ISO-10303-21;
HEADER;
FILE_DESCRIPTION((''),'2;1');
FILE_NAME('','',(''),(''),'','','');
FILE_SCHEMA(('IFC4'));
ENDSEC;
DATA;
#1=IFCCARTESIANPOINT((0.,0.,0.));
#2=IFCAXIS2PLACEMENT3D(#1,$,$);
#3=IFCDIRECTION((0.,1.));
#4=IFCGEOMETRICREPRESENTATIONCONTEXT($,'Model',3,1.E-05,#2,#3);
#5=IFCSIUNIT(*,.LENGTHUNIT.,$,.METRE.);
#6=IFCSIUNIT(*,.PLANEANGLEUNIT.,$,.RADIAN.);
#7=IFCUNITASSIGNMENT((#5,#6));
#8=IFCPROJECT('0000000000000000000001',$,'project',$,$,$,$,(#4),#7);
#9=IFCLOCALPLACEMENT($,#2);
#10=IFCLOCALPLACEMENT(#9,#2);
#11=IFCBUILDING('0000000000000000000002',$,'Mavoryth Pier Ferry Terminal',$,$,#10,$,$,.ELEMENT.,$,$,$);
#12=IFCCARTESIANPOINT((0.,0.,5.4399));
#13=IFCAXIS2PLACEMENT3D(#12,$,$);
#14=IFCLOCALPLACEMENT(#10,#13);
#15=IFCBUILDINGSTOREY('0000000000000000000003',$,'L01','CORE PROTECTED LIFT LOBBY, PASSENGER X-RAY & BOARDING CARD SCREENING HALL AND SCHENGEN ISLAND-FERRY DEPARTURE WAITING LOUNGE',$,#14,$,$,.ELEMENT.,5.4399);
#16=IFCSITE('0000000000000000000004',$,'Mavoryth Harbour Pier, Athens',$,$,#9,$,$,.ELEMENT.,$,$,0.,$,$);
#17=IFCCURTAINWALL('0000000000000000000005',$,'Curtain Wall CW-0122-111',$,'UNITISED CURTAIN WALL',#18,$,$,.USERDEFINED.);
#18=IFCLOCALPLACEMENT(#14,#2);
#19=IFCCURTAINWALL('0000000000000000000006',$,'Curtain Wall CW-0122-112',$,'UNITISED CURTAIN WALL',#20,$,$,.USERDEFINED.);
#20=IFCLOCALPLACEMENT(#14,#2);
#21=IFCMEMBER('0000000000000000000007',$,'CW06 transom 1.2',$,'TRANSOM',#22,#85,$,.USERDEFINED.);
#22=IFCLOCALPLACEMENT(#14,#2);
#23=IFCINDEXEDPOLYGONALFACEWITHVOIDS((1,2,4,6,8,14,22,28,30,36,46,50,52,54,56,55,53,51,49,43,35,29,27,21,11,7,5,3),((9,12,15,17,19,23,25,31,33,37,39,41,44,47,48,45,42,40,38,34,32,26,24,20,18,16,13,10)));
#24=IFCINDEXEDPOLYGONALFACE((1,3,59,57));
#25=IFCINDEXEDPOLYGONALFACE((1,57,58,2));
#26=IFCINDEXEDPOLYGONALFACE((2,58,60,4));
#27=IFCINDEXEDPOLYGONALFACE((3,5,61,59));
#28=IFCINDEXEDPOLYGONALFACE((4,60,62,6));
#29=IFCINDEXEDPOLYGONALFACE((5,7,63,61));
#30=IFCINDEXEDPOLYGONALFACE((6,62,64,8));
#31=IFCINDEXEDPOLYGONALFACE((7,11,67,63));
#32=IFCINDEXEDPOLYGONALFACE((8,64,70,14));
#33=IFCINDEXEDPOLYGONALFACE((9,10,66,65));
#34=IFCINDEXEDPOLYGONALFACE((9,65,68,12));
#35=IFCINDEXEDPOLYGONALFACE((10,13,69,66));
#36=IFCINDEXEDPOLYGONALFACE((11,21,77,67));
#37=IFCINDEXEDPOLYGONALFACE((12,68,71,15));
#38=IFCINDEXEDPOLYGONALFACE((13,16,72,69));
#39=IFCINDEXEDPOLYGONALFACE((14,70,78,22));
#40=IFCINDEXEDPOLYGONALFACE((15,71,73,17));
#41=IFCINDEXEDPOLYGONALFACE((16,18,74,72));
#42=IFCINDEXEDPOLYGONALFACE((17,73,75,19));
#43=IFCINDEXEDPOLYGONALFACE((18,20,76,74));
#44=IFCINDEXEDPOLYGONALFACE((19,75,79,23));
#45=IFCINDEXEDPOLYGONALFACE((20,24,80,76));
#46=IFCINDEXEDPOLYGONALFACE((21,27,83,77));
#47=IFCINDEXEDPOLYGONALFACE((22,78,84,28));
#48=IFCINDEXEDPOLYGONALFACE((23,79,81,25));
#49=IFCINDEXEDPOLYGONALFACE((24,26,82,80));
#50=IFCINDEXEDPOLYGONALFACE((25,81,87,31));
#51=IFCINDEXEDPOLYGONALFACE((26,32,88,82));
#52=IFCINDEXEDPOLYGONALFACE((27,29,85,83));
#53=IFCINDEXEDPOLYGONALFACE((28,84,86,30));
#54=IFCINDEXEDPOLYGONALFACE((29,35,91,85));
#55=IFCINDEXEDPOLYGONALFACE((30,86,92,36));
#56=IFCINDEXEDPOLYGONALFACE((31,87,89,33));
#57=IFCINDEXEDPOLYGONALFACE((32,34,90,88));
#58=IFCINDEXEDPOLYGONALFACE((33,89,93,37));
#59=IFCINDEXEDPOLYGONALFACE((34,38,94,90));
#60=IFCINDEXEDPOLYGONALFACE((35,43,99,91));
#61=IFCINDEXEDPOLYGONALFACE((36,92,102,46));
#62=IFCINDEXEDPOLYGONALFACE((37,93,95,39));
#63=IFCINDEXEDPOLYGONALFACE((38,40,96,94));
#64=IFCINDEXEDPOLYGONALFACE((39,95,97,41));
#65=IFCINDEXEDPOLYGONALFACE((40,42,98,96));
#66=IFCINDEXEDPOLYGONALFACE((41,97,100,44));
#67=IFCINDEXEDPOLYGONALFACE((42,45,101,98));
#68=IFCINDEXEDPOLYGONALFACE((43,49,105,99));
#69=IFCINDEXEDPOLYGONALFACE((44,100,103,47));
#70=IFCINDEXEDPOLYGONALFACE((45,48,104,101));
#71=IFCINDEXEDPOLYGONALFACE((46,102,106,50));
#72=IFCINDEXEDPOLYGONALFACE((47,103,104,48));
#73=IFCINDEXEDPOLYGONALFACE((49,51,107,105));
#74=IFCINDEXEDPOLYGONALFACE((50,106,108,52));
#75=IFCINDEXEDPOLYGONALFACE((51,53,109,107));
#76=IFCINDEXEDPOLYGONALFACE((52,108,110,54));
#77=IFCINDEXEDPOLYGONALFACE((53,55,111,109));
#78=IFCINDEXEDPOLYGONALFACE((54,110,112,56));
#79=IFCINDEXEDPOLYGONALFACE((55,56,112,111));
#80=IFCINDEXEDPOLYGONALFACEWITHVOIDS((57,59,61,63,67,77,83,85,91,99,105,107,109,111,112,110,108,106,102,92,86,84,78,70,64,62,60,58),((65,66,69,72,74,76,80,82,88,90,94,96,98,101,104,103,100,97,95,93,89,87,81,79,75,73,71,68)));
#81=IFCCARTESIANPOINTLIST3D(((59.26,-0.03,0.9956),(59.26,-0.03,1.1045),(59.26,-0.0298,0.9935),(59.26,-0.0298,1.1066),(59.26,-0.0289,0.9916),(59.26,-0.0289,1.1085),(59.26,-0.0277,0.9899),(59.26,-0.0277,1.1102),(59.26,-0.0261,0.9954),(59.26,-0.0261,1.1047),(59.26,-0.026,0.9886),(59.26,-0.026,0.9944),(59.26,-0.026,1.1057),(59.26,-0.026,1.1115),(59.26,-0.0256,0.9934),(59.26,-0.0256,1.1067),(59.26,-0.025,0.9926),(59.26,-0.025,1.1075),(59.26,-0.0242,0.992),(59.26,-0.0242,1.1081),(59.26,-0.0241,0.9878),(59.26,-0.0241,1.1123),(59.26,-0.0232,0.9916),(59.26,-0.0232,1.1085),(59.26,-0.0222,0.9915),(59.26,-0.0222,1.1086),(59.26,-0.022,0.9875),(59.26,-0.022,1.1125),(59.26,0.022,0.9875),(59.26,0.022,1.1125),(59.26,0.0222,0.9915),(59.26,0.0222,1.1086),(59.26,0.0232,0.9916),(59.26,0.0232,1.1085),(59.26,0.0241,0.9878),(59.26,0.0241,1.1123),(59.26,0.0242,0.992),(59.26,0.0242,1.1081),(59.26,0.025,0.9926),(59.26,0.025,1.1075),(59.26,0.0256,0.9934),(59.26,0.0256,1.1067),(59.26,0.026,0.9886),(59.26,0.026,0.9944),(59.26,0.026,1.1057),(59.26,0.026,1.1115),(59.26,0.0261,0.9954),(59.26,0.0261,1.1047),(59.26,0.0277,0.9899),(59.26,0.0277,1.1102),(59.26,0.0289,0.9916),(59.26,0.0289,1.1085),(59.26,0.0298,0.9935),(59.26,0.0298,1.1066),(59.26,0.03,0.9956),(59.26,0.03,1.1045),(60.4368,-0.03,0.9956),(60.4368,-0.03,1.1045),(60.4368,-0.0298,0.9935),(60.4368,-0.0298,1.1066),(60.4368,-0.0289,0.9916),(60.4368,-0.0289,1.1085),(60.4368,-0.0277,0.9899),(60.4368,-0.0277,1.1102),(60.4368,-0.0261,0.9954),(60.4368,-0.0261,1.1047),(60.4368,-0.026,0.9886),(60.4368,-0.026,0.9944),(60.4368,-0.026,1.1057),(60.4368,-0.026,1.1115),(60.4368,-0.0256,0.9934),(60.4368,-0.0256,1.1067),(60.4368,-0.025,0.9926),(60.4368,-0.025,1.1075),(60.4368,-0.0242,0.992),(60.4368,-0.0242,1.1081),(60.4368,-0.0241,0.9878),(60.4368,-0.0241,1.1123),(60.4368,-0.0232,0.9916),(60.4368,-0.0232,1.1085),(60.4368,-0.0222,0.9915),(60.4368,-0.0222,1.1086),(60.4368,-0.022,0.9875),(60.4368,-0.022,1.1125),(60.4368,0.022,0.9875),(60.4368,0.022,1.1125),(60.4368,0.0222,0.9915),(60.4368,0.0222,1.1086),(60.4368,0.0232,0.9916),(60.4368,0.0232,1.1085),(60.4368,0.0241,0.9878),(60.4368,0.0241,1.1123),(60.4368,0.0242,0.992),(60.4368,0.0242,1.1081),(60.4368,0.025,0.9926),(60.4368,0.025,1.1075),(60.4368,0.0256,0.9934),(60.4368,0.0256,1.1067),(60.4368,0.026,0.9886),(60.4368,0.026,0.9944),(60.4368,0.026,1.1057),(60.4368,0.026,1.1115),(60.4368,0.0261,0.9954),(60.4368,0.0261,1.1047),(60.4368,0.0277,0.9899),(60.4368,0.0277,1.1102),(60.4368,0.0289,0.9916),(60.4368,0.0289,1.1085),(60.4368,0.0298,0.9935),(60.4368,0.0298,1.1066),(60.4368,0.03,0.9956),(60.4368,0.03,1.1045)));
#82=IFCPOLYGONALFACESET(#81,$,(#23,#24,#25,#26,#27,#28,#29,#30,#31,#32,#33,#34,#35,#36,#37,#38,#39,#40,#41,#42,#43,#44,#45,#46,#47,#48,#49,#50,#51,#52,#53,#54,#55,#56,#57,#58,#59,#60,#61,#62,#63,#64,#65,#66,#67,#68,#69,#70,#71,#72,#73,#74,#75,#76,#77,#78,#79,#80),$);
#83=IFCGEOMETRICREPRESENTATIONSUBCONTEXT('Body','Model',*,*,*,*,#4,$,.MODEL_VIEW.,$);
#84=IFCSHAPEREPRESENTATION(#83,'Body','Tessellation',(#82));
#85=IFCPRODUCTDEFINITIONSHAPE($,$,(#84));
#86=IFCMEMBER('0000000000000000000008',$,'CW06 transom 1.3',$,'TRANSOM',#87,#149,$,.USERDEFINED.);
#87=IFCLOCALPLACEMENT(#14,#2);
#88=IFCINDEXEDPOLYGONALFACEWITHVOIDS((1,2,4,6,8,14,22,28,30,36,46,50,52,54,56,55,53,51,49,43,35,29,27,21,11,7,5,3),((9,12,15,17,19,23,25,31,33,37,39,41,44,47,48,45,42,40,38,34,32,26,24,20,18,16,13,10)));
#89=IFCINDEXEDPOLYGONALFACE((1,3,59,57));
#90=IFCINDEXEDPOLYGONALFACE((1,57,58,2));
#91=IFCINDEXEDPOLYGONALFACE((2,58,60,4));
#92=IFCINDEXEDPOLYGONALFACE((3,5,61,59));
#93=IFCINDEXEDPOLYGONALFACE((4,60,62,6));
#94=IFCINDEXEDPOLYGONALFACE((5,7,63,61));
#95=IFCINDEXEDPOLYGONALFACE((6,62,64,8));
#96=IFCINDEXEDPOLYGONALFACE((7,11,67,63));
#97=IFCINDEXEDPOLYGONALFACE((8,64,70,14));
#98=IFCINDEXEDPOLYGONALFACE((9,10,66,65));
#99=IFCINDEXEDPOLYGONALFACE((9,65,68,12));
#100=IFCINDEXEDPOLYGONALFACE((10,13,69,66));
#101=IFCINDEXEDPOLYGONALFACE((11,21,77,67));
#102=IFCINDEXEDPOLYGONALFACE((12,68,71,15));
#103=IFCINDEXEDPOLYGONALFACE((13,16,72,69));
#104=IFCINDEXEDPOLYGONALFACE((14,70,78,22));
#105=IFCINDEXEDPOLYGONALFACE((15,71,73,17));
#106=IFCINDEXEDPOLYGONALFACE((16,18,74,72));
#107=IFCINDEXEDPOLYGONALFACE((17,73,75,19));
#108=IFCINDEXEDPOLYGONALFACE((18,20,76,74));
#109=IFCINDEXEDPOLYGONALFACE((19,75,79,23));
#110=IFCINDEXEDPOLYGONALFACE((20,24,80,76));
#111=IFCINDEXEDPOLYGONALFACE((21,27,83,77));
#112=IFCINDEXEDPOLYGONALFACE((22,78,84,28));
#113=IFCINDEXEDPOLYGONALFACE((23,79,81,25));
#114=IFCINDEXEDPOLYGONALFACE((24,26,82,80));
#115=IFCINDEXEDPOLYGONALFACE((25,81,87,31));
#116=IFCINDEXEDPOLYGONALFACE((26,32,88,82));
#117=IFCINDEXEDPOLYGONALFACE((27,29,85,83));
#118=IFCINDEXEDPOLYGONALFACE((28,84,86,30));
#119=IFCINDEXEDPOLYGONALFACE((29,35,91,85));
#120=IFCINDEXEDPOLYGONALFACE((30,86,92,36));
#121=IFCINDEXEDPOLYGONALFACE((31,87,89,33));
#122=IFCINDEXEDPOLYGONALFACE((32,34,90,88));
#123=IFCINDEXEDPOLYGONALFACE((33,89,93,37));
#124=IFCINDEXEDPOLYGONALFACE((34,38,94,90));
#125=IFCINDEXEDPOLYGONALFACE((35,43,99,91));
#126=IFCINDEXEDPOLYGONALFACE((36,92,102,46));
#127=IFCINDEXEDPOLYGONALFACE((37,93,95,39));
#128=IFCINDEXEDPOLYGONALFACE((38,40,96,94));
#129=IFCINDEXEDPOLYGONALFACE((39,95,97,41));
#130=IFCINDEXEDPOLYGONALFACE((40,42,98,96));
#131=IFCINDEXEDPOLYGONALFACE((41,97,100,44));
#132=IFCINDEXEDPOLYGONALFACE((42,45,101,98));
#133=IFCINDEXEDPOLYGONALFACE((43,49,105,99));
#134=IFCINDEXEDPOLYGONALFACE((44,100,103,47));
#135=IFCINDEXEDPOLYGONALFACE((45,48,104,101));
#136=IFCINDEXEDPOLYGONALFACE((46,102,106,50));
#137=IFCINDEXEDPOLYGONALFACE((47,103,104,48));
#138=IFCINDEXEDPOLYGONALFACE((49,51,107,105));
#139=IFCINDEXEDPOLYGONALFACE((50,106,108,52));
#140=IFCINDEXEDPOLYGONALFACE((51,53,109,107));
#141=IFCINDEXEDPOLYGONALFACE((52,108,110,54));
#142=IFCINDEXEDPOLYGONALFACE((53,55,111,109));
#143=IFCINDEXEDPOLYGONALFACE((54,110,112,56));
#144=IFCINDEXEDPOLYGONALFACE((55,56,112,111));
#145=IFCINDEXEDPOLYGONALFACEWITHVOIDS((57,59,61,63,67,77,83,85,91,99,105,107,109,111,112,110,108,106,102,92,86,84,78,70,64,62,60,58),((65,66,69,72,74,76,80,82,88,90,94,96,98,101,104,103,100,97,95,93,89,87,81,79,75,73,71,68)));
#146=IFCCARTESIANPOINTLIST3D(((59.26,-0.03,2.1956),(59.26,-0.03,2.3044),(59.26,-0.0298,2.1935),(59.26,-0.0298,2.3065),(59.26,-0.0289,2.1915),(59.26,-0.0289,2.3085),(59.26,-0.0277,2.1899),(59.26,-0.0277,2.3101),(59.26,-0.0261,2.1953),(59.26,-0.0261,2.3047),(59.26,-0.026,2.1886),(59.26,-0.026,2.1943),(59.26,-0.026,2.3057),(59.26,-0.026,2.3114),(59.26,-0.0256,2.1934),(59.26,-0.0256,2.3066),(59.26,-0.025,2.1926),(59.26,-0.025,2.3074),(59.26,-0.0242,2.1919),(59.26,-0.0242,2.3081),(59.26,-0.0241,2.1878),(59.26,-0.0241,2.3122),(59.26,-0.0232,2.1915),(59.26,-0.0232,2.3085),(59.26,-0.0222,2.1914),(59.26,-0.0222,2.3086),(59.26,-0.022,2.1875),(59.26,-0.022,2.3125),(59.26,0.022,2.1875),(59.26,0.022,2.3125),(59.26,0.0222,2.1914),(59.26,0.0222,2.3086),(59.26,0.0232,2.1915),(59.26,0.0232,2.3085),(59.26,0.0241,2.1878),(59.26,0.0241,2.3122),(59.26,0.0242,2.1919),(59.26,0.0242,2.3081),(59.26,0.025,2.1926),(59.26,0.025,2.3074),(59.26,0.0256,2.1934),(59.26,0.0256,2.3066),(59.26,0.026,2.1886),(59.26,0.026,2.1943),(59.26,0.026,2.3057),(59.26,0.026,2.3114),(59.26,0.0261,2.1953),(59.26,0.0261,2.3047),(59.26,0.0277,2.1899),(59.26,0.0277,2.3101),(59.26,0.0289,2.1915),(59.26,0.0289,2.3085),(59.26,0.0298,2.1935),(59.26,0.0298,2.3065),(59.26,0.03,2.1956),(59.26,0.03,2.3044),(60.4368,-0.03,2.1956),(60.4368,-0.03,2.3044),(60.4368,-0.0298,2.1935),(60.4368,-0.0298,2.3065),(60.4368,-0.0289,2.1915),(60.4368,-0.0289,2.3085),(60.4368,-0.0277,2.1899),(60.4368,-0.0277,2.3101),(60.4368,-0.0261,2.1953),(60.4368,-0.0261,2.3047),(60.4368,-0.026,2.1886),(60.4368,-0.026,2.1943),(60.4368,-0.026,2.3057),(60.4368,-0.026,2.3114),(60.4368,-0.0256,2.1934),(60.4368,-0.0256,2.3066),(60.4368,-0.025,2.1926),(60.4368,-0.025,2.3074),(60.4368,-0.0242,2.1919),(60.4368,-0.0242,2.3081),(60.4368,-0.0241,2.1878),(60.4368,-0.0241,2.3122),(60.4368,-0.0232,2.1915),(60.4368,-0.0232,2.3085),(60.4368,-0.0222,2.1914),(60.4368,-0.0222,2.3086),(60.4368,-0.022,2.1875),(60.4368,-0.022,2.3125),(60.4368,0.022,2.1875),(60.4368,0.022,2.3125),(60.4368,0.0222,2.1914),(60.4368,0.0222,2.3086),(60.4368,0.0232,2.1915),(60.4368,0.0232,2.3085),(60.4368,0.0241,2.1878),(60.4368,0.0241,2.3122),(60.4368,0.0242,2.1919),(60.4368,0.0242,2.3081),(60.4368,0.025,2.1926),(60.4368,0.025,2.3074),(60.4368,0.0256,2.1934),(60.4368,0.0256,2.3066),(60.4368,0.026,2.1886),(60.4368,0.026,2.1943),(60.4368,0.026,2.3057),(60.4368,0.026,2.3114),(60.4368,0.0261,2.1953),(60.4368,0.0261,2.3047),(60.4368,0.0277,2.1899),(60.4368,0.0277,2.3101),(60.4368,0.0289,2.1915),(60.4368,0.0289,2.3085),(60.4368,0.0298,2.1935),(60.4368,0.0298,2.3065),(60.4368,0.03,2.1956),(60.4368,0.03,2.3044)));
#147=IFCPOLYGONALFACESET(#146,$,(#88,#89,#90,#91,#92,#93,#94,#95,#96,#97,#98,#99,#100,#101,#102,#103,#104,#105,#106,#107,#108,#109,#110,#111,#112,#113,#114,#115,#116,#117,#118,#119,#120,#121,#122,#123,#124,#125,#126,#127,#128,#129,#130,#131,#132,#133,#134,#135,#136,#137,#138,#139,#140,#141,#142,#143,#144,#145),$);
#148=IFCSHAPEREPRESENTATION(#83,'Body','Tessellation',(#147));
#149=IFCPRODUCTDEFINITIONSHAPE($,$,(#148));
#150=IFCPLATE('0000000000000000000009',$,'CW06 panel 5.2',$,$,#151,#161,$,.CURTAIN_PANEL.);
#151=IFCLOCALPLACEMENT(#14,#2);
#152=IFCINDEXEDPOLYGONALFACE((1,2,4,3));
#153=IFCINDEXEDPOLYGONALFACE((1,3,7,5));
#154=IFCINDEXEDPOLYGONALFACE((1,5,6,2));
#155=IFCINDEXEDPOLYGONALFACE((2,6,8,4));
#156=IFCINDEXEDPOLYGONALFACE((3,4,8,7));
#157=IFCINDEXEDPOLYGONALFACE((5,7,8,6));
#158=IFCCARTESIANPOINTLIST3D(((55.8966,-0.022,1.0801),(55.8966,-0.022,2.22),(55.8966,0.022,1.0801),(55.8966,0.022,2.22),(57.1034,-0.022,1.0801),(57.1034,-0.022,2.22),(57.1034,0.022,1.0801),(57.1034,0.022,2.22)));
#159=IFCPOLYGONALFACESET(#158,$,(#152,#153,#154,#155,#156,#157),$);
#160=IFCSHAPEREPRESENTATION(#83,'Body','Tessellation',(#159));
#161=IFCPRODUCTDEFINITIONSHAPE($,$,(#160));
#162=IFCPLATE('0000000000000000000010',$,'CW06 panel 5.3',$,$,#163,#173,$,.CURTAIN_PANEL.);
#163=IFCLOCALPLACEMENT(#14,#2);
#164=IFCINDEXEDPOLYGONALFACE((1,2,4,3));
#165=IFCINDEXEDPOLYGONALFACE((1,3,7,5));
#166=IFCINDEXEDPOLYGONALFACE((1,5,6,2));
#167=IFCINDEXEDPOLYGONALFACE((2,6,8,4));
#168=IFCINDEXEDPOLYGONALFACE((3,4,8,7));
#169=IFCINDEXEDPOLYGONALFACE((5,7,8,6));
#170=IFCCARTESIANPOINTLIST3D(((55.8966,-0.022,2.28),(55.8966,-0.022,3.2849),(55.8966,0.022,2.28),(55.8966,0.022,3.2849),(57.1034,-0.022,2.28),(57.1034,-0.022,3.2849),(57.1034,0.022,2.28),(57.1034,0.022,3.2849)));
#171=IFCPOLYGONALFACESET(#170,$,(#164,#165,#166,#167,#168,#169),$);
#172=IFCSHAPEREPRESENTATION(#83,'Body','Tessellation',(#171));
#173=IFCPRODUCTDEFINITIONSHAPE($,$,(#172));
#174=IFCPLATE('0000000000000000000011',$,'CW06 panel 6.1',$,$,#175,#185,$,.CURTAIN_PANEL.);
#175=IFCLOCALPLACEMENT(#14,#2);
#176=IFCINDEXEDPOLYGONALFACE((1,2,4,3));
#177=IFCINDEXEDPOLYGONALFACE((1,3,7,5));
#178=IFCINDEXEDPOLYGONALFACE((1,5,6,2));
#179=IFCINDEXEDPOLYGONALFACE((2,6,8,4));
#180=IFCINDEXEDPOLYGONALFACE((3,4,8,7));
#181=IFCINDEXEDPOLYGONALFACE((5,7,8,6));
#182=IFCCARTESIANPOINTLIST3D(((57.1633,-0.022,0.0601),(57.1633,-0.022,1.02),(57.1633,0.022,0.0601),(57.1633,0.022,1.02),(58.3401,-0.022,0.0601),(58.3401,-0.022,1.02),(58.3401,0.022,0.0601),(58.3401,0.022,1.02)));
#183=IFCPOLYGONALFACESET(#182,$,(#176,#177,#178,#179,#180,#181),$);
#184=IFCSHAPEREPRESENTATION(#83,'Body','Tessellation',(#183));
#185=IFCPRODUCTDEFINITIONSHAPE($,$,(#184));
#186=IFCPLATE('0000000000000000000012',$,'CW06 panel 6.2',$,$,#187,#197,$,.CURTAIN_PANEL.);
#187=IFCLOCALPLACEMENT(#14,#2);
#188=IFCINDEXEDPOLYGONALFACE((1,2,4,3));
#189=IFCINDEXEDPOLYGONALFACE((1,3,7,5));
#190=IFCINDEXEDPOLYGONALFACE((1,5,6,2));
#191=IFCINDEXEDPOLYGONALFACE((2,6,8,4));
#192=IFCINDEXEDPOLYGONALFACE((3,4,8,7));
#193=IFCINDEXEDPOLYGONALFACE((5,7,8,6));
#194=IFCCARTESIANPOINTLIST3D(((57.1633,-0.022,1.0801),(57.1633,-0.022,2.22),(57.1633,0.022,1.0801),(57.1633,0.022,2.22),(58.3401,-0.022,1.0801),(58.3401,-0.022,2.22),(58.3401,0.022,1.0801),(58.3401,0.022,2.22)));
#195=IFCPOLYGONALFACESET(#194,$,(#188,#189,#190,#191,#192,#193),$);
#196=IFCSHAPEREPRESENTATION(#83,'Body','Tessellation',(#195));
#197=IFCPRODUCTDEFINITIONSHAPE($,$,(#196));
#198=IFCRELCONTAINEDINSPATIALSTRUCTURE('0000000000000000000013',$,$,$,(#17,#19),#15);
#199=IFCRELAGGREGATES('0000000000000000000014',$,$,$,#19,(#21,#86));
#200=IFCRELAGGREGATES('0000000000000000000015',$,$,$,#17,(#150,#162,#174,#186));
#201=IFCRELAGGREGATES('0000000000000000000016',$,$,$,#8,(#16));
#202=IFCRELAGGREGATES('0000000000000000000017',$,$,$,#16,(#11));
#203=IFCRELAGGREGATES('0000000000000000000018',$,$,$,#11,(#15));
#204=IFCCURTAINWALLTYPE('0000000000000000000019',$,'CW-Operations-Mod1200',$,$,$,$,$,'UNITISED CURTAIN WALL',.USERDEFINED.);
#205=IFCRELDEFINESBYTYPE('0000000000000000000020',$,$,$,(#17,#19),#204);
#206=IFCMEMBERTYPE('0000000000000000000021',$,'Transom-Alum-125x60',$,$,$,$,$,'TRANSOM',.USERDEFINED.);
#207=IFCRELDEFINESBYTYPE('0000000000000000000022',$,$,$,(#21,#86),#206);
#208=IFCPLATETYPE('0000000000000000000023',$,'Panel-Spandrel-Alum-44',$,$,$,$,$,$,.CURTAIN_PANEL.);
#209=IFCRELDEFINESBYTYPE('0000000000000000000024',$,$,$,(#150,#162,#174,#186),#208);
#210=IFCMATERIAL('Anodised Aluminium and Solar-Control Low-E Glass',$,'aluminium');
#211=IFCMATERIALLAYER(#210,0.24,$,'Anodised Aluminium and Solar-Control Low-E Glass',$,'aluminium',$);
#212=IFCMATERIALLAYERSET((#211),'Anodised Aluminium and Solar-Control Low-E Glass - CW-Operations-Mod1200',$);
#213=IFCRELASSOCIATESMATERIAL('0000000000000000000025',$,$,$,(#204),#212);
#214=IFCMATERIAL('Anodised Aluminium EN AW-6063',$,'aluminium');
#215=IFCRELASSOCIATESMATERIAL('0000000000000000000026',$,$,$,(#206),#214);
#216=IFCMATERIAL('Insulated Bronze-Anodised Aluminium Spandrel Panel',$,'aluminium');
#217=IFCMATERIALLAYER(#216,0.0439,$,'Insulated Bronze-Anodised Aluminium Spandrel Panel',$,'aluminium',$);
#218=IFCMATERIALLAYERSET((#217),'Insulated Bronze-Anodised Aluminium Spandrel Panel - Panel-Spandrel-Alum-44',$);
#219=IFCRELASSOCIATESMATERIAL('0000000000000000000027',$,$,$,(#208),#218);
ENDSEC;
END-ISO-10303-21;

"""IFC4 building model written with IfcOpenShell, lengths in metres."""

from ifc_helpers import new_model, si_unit, direction, frame, origin, origin_2d, place, context, subcontext, project, spatial, rectangle, hollow_rectangle, extrude, material, layer, layer_set, material_profile, profile_set, type_object, element, aggregate, save


model = new_model("IFC4")

# Units and contexts
model_context = context("Model", 3, precision=1e-05, world=origin(), true_north=direction((0.0, 1.0)))
body_context = subcontext(model_context, "Body", "Model", "MODEL_VIEW")
ifc_project = project(units=[si_unit("LENGTHUNIT", "METRE"), si_unit("PLANEANGLEUNIT", "RADIAN")], contexts=[model_context])

# Site, building, storey
site_placement = place(None, origin())
site = spatial("IfcSite", under=ifc_project, at=site_placement, Name="Mavoryth Harbour Pier, Athens", CompositionType="ELEMENT", RefElevation=0.0)
building_placement = place(site_placement, origin())
building = spatial("IfcBuilding", under=site, at=building_placement, Name="Mavoryth Pier Ferry Terminal", CompositionType="ELEMENT")
storey_placement = place(building_placement, frame((0.0, 0.0, 5.4399)))
storey = spatial("IfcBuildingStorey", under=building, at=storey_placement, Name="L01", Description="CORE PROTECTED LIFT LOBBY, PASSENGER X-RAY & BOARDING CARD SCREENING HALL AND SCHENGEN ISLAND-FERRY DEPARTURE WAITING LOUNGE", CompositionType="ELEMENT", Elevation=5.4399)

# Curtain wall
ifc_material_1 = material(Name="Anodised Aluminium and Solar-Control Low-E Glass", Category="aluminium")
ifc_layer_1 = layer(ifc_material_1, 0.24, Name="Anodised Aluminium and Solar-Control Low-E Glass", Category="aluminium")
ifc_layer_set_1 = layer_set([ifc_layer_1], Name="Anodised Aluminium and Solar-Control Low-E Glass - CW-Operations-Mod1200")
curtain_wall_type = type_object("IfcCurtainWallType", Name="CW-Operations-Mod1200", ElementType="UNITISED CURTAIN WALL", PredefinedType="USERDEFINED", material=ifc_layer_set_1)
curtain_wall_1_placement = place(storey_placement, origin())
curtain_wall_1 = element("IfcCurtainWall", 1, at=curtain_wall_1_placement, inside=storey, type_object=curtain_wall_type, Name="Curtain Wall CW-0122-111", ObjectType="UNITISED CURTAIN WALL", PredefinedType="USERDEFINED")
ifc_material_2 = material(Name="Anodised Aluminium EN AW-6063", Category="aluminium")

# Curtain wall
curtain_wall_2_placement = place(storey_placement, origin())
curtain_wall_2 = element("IfcCurtainWall", 2, at=curtain_wall_2_placement, inside=storey, type_object=curtain_wall_type, Name="Curtain Wall CW-0122-112", ObjectType="UNITISED CURTAIN WALL", PredefinedType="USERDEFINED")

# Members
ifc_material_profile_1 = material_profile(ifc_material_2, hollow_rectangle(XDim=0.0601, YDim=0.125, WallThickness=0.0039, InnerFilletRadius=0.0039, OuterFilletRadius=0.0081, at=origin_2d()), Name="AL-TRAN 125x60x4", Category="aluminium")
ifc_profile_set_1 = profile_set([ifc_material_profile_1], Name="Anodised Aluminium EN AW-6063 - AL-TRAN 125x60x4")
member_type_1 = type_object("IfcMemberType", Name="Transom-Alum-125x60", ElementType="TRANSOM", PredefinedType="USERDEFINED", material=ifc_profile_set_1)
member_1_placement = place(storey_placement, frame((59.26, 0.0, 1.05), z_axis=(1.0, 0.0, 0.0), x_axis=(0.0, 1.0, 0.0)))
member_1 = element("IfcMember", 3, at=member_1_placement, type_object=member_type_1, Name="CW06 transom 1.2", ObjectType="TRANSOM", PredefinedType="USERDEFINED", context=body_context, shape_type="SweptSolid", body=[
    extrude(hollow_rectangle(XDim=0.0601, YDim=0.125, WallThickness=0.0039, InnerFilletRadius=0.0039, OuterFilletRadius=0.0081, at=origin_2d()), origin(), (0.0, 0.0, 1.0), 1.1768),
])
member_2_placement = place(storey_placement, frame((59.26, 0.0, 2.25), z_axis=(1.0, 0.0, 0.0), x_axis=(0.0, 1.0, 0.0)))
member_2 = element("IfcMember", 4, at=member_2_placement, type_object=member_type_1, Name="CW06 transom 1.3", ObjectType="TRANSOM", PredefinedType="USERDEFINED", context=body_context, shape_type="SweptSolid", body=[
    extrude(hollow_rectangle(XDim=0.0601, YDim=0.125, WallThickness=0.0039, InnerFilletRadius=0.0039, OuterFilletRadius=0.0081, at=origin_2d()), origin(), (0.0, 0.0, 1.0), 1.1768),
])
aggregate(curtain_wall_2, [member_1, member_2])

# Plates
ifc_material_3 = material(Name="Insulated Bronze-Anodised Aluminium Spandrel Panel", Category="aluminium")
ifc_layer_2 = layer(ifc_material_3, 0.0439, Name="Insulated Bronze-Anodised Aluminium Spandrel Panel", Category="aluminium")
ifc_layer_set_2 = layer_set([ifc_layer_2], Name="Insulated Bronze-Anodised Aluminium Spandrel Panel - Panel-Spandrel-Alum-44")
plate_type = type_object("IfcPlateType", Name="Panel-Spandrel-Alum-44", PredefinedType="CURTAIN_PANEL", material=ifc_layer_set_2)
plate_1_placement = place(storey_placement, frame((56.5, 0.0, 1.0801), z_axis=(0.0, 0.0, 1.0), x_axis=(1.0, 0.0, 0.0)))
plate_1 = element("IfcPlate", 5, at=plate_1_placement, type_object=plate_type, Name="CW06 panel 5.2", PredefinedType="CURTAIN_PANEL", context=body_context, shape_type="SweptSolid", body=[
    extrude(rectangle(XDim=1.2068, YDim=0.0439, at=origin_2d()), origin(), (0.0, 0.0, 1.0), 1.1399),
])
plate_2_placement = place(storey_placement, frame((56.5, 0.0, 2.28), z_axis=(0.0, 0.0, 1.0), x_axis=(1.0, 0.0, 0.0)))
plate_2 = element("IfcPlate", 6, at=plate_2_placement, type_object=plate_type, Name="CW06 panel 5.3", PredefinedType="CURTAIN_PANEL", context=body_context, shape_type="SweptSolid", body=[
    extrude(rectangle(XDim=1.2068, YDim=0.0439, at=origin_2d()), origin(), (0.0, 0.0, 1.0), 1.0049),
])
plate_3_placement = place(storey_placement, frame((57.7517, 0.0, 0.0601), z_axis=(0.0, 0.0, 1.0), x_axis=(1.0, 0.0, 0.0)))
plate_3 = element("IfcPlate", 7, at=plate_3_placement, type_object=plate_type, Name="CW06 panel 6.1", PredefinedType="CURTAIN_PANEL", context=body_context, shape_type="SweptSolid", body=[
    extrude(rectangle(XDim=1.1768, YDim=0.0439, at=origin_2d()), origin(), (0.0, 0.0, 1.0), 0.96),
])
plate_4_placement = place(storey_placement, frame((57.7517, 0.0, 1.0801), z_axis=(0.0, 0.0, 1.0), x_axis=(1.0, 0.0, 0.0)))
plate_4 = element("IfcPlate", 8, at=plate_4_placement, type_object=plate_type, Name="CW06 panel 6.2", PredefinedType="CURTAIN_PANEL", context=body_context, shape_type="SweptSolid", body=[
    extrude(rectangle(XDim=1.1768, YDim=0.0439, at=origin_2d()), origin(), (0.0, 0.0, 1.0), 1.1399),
])
aggregate(curtain_wall_1, [plate_1, plate_2, plate_3, plate_4])

save(model, "model.ifc")
